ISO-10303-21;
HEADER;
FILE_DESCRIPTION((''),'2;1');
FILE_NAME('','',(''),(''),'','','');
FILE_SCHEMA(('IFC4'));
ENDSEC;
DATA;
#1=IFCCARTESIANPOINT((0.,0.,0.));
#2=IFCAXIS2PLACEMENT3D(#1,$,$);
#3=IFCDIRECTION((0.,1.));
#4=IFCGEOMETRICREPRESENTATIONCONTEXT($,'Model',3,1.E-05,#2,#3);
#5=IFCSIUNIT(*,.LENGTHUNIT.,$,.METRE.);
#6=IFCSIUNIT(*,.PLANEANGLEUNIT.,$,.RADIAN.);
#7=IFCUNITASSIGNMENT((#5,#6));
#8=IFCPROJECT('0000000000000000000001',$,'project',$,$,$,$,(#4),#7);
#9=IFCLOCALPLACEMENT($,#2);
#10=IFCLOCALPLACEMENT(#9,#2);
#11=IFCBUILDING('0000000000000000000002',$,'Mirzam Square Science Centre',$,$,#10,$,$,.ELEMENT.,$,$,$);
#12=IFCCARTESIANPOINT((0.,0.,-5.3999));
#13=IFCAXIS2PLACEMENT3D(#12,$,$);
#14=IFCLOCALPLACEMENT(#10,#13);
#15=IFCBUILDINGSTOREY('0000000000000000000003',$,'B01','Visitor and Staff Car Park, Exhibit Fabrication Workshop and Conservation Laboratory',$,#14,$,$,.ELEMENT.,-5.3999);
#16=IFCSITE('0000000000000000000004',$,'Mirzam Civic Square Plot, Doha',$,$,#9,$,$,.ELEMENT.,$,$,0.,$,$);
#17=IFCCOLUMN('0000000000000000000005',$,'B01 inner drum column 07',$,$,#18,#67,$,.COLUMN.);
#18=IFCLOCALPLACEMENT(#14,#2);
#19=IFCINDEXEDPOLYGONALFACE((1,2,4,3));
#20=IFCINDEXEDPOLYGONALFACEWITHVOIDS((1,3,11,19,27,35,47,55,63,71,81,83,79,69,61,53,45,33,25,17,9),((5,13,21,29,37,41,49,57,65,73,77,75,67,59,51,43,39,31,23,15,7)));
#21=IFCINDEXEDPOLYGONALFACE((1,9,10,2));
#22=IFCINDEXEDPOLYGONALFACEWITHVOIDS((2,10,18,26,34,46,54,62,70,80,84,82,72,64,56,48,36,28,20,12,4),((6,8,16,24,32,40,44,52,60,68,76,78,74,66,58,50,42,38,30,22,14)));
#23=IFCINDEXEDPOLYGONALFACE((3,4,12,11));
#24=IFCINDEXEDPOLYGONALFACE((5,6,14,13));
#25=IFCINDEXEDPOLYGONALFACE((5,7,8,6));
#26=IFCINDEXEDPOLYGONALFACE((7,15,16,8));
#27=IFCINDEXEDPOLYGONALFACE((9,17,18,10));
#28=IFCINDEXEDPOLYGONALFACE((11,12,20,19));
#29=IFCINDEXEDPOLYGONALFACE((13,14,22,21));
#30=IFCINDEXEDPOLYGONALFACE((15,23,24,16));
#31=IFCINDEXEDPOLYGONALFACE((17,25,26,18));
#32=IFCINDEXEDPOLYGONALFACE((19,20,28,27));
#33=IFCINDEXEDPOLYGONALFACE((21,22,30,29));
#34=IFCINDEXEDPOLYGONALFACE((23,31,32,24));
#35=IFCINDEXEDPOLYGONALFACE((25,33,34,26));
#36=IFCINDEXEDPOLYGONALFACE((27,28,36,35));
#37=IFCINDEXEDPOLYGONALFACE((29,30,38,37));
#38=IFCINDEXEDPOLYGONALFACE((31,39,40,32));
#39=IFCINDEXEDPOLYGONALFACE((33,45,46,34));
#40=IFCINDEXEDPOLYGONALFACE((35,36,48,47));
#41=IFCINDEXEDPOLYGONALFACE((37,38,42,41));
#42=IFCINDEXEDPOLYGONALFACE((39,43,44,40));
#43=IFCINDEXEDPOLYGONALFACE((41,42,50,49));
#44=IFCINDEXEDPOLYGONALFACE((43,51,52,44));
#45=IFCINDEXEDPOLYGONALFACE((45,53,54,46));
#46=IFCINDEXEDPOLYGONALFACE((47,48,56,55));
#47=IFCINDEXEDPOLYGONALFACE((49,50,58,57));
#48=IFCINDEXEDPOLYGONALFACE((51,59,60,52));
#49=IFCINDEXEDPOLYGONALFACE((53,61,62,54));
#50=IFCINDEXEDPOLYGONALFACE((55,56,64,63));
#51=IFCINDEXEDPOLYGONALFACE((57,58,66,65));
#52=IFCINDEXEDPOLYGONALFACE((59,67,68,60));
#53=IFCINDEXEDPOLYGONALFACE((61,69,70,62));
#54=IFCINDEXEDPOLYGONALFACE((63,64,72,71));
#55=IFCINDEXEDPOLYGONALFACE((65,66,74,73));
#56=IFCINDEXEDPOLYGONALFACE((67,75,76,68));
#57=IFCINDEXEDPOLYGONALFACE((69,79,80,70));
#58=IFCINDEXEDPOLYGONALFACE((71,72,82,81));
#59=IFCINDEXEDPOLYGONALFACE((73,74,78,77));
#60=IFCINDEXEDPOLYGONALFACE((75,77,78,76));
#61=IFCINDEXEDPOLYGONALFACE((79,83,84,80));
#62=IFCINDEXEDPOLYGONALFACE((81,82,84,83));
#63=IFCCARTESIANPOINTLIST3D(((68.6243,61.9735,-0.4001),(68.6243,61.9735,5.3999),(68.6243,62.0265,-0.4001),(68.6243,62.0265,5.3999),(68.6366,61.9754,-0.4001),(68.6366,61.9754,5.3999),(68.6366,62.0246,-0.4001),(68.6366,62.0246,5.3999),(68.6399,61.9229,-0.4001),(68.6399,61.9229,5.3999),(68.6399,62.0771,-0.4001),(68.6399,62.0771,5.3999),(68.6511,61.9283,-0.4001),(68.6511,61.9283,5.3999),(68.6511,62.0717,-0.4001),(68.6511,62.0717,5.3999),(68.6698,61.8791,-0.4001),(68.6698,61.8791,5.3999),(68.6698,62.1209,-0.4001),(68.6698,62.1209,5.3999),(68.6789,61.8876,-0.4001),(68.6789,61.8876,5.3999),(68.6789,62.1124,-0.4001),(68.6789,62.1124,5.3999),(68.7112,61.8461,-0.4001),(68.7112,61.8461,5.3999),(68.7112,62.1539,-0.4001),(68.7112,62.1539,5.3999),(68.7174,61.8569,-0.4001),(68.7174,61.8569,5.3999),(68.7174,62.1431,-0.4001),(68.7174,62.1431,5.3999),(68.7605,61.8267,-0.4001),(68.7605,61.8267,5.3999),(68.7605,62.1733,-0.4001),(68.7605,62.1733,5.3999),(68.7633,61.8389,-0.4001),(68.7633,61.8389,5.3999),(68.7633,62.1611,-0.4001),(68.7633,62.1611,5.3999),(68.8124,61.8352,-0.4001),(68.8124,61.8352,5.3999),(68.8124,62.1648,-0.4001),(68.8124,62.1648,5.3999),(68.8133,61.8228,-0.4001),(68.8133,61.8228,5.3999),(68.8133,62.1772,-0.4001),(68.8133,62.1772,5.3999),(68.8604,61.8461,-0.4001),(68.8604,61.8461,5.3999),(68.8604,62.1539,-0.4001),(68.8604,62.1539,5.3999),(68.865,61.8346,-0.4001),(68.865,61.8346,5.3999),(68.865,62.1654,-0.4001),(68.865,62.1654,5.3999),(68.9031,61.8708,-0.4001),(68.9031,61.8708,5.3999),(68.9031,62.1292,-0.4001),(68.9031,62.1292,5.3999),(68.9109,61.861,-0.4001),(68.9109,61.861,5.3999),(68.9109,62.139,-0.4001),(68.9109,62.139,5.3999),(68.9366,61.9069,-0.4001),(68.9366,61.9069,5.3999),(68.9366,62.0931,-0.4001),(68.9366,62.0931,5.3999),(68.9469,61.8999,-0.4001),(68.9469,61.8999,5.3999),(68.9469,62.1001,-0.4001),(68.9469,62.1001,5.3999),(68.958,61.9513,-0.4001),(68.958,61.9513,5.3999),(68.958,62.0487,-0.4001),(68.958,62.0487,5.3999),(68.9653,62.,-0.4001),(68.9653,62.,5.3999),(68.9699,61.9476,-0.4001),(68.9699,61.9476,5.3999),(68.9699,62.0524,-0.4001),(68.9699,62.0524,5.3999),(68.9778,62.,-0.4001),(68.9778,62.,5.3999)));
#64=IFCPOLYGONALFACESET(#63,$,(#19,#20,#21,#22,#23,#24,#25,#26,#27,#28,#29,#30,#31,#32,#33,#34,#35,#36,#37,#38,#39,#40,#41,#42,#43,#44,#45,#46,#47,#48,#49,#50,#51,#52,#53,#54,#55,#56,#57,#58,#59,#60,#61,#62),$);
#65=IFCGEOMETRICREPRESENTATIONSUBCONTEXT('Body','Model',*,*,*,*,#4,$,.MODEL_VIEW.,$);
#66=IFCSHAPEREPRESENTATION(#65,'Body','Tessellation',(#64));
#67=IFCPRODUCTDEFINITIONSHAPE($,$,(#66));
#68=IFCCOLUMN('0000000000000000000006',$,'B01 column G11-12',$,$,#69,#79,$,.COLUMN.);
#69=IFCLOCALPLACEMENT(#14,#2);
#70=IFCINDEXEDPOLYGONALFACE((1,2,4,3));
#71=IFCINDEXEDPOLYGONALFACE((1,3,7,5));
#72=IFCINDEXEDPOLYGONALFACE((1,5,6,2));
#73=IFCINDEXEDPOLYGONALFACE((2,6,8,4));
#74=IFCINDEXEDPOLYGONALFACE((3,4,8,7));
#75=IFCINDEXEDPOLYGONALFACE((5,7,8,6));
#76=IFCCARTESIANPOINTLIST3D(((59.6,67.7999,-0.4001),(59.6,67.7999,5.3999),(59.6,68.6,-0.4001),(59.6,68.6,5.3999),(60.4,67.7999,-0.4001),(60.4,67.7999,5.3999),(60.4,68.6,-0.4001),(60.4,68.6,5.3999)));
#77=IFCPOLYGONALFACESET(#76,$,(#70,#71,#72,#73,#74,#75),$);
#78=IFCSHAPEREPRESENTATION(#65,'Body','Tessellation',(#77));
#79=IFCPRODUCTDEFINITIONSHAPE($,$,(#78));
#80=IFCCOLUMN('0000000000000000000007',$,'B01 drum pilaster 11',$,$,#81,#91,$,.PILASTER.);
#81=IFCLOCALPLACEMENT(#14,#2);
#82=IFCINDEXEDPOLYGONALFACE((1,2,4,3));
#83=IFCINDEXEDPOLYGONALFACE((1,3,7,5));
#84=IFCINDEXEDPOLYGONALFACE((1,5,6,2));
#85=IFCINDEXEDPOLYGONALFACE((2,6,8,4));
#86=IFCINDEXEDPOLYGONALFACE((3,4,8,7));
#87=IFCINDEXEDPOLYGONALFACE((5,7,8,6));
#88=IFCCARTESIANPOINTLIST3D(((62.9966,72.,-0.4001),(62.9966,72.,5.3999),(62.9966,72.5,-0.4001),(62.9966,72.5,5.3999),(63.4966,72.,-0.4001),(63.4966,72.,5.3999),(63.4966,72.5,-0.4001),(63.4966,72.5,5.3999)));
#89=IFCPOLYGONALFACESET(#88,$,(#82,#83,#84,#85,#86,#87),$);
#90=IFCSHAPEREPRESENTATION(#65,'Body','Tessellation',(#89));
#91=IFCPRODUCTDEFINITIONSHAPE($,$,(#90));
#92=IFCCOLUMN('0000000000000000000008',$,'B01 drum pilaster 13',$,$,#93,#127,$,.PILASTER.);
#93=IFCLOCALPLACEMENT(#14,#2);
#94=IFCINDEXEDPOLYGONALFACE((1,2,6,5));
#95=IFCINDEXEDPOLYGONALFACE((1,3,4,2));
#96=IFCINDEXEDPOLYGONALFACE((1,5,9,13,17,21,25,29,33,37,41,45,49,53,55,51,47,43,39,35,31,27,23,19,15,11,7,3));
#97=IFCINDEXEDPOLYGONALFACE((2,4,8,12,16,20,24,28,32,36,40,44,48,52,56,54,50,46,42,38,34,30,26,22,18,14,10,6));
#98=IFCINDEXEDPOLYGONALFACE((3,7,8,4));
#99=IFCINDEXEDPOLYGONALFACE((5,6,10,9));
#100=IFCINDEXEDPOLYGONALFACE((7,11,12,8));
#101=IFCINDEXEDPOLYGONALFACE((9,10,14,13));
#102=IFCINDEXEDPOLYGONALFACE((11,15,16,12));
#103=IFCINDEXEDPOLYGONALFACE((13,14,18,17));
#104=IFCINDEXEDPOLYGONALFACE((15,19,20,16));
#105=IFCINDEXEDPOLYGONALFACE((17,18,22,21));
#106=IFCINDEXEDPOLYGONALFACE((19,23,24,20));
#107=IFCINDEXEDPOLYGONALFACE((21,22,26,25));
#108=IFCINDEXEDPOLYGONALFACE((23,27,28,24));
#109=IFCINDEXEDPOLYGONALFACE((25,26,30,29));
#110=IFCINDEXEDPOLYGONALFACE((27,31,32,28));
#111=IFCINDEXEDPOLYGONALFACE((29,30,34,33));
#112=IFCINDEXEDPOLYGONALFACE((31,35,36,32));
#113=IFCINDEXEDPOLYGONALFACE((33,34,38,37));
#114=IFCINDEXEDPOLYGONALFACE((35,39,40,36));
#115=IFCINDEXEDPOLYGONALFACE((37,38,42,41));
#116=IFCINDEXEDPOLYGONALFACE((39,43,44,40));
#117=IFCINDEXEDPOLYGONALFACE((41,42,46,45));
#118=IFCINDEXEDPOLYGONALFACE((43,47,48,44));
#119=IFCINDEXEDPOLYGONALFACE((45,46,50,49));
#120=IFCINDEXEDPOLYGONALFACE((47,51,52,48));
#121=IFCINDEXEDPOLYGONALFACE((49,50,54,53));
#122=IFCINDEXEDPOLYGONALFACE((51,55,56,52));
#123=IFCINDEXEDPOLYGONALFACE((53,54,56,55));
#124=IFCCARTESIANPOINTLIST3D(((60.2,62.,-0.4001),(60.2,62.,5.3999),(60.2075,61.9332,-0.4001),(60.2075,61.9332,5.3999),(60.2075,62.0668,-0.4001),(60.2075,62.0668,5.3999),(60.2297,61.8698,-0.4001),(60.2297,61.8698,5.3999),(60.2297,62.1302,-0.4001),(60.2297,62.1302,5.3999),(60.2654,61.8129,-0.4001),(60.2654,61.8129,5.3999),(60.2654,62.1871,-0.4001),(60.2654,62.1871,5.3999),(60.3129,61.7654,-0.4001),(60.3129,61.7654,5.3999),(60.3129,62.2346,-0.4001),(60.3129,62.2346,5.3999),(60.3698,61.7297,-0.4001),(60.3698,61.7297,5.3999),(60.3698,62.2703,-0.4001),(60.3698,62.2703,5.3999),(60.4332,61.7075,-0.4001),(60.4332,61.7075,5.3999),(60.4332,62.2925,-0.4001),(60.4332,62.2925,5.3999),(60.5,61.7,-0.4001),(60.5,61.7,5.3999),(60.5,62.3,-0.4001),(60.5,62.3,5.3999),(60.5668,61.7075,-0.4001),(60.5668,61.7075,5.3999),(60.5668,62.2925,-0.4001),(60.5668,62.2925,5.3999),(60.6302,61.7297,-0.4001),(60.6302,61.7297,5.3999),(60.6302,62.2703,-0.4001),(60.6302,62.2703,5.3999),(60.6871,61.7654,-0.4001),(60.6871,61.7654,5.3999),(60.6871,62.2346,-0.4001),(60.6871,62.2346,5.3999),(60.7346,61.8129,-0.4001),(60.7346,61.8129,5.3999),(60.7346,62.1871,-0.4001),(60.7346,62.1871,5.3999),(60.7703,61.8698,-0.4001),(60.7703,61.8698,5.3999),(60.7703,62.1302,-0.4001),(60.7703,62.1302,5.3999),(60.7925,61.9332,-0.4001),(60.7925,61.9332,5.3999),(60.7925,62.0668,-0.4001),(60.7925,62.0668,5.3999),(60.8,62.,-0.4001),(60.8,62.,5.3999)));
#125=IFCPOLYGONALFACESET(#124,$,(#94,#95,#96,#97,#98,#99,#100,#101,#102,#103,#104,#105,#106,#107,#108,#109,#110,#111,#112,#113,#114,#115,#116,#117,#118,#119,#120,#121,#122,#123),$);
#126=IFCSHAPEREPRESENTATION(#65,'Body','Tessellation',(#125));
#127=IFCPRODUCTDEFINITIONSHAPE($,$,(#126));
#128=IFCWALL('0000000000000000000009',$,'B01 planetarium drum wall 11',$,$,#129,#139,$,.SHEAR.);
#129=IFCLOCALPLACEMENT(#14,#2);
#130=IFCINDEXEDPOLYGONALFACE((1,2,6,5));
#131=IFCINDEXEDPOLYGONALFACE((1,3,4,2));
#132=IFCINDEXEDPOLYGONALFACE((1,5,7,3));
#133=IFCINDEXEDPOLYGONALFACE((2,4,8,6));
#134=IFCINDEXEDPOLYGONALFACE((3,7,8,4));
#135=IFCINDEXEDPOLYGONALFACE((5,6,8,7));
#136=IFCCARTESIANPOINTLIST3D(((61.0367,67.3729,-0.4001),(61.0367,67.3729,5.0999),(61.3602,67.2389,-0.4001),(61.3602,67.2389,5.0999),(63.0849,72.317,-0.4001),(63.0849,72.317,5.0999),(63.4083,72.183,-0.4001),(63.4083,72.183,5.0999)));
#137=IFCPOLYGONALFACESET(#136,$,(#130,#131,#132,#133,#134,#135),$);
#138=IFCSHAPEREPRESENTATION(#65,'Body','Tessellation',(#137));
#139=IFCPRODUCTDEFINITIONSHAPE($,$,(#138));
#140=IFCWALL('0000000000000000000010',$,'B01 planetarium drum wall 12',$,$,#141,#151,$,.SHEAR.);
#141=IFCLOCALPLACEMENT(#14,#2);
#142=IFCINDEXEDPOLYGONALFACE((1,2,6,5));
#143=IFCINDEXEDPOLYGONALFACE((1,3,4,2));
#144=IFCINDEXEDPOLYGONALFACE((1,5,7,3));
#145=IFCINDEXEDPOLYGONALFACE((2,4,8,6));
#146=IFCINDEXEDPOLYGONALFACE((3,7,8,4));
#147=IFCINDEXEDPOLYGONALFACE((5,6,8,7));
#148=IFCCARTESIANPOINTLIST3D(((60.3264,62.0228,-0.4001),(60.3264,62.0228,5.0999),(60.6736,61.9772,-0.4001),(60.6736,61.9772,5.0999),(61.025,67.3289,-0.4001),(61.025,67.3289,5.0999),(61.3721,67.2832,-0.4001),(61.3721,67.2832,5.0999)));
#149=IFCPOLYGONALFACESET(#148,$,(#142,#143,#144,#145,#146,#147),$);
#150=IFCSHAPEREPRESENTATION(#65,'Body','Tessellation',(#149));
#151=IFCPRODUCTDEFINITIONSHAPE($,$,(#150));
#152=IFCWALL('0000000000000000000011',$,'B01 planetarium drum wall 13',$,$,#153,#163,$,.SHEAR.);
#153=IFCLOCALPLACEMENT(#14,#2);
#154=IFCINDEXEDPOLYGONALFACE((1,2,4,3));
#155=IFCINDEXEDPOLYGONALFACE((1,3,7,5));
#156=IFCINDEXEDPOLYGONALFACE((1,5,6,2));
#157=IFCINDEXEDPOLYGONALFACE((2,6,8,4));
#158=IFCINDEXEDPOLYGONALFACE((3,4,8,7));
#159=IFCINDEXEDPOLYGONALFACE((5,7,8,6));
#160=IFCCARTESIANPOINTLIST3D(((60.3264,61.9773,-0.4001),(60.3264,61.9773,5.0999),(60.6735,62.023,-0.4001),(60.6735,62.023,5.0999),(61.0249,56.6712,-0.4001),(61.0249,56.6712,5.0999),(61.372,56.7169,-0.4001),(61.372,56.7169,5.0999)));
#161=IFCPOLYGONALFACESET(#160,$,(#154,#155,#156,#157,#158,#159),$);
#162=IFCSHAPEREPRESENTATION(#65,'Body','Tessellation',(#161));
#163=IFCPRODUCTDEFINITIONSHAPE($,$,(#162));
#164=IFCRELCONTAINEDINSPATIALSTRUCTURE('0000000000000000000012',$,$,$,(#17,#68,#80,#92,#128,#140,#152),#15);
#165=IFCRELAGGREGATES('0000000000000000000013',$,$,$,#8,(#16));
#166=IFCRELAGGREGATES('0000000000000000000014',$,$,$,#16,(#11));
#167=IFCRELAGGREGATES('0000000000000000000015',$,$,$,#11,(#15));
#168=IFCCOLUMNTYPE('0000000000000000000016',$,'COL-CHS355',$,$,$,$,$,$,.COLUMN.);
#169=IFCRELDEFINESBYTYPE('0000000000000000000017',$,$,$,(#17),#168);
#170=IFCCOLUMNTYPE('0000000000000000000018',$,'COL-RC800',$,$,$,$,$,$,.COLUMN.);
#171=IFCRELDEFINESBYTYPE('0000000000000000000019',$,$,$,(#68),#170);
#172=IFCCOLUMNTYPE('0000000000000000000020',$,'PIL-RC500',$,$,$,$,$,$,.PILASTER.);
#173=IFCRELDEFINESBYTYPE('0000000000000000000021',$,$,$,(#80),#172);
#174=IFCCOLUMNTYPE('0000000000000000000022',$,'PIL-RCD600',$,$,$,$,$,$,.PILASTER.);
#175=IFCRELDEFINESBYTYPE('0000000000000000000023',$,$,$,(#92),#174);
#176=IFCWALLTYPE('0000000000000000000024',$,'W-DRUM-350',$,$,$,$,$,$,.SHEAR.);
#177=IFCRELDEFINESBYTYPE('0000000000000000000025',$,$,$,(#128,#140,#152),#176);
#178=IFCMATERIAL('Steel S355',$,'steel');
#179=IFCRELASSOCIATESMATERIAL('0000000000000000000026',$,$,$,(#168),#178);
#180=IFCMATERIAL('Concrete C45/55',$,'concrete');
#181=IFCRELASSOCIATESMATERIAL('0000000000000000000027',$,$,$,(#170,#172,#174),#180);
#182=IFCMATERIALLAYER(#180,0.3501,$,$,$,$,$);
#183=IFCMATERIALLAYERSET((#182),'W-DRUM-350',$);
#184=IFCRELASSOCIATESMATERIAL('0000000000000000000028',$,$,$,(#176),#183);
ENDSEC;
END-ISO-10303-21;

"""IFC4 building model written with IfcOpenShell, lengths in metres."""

from ifc_helpers import new_model, si_unit, direction, frame, frame_2d, origin, origin_2d, place, context, subcontext, project, spatial, rectangle, circle, hollow_circle, extrude, material, layer, layer_set, material_profile, profile_set, type_object, element, save


model = new_model("IFC4")

# Units and contexts
model_context = context("Model", 3, precision=1e-05, world=origin(), true_north=direction((0.0, 1.0)))
body_context = subcontext(model_context, "Body", "Model", "MODEL_VIEW")
ifc_project = project(units=[si_unit("LENGTHUNIT", "METRE"), si_unit("PLANEANGLEUNIT", "RADIAN")], contexts=[model_context])

# Site, building, storey
site_placement = place(None, origin())
site = spatial("IfcSite", under=ifc_project, at=site_placement, Name="Mirzam Civic Square Plot, Doha", CompositionType="ELEMENT", RefElevation=0.0)
building_placement = place(site_placement, origin())
building = spatial("IfcBuilding", under=site, at=building_placement, Name="Mirzam Square Science Centre", CompositionType="ELEMENT")
storey_placement = place(building_placement, frame((0.0, 0.0, -5.3999)))
storey = spatial("IfcBuildingStorey", under=building, at=storey_placement, Name="B01", Description="Visitor and Staff Car Park, Exhibit Fabrication Workshop and Conservation Laboratory", CompositionType="ELEMENT", Elevation=-5.3999)

# Shared definitions
ifc_material_1 = material(Name="Concrete C45/55", Category="concrete")

# Columns
ifc_material_2 = material(Name="Steel S355", Category="steel")
ifc_material_profile_1 = material_profile(ifc_material_2, hollow_circle(Radius=0.1777, WallThickness=0.0125, at=origin_2d()), Name="355.6x12.5CHS")
ifc_profile_set_1 = profile_set([ifc_material_profile_1], Name="Steel S355")
column_type_1 = type_object("IfcColumnType", Name="COL-CHS355", PredefinedType="COLUMN", material=ifc_profile_set_1)
for number, where, z_axis, x_axis, name in (
    (1, (68.8, 62.0, -0.4001), (0.0, 0.0, 1.0), (1.0, 0.0, 0.0), "B01 inner drum column 07"),
):
    element("IfcColumn", number, at=place(storey_placement, frame(where, z_axis=z_axis, x_axis=x_axis)), inside=storey, type_object=column_type_1, Name=name, PredefinedType="COLUMN", context=body_context, shape_type="SweptSolid", body=[
        extrude(hollow_circle(Radius=0.1777, WallThickness=0.0125, at=origin_2d()), origin(), (0.0, 0.0, 1.0), 5.8),
    ])
ifc_material_profile_2 = material_profile(ifc_material_1, rectangle(XDim=0.8, YDim=0.8, at=origin_2d()), Name="RC800x800")
ifc_profile_set_2 = profile_set([ifc_material_profile_2], Name="Concrete C45/55")
column_type_2 = type_object("IfcColumnType", Name="COL-RC800", PredefinedType="COLUMN", material=ifc_profile_set_2)
column_1_placement = place(storey_placement, frame((60.0, 68.2, -0.4001), z_axis=(0.0, 0.0, 1.0), x_axis=(1.0, 0.0, 0.0)))
element("IfcColumn", 2, at=column_1_placement, inside=storey, type_object=column_type_2, Name="B01 column G11-12", PredefinedType="COLUMN", context=body_context, shape_type="SweptSolid", body=[
    extrude(rectangle(XDim=0.8, YDim=0.8, at=origin_2d()), origin(), (0.0, 0.0, 1.0), 5.8),
])
ifc_material_profile_3 = material_profile(ifc_material_1, rectangle(XDim=0.5, YDim=0.5, at=origin_2d()), Name="RC500x500")
ifc_profile_set_3 = profile_set([ifc_material_profile_3], Name="Concrete C45/55")
column_type_3 = type_object("IfcColumnType", Name="PIL-RC500", PredefinedType="PILASTER", material=ifc_profile_set_3)
column_2_placement = place(storey_placement, frame((63.2466, 72.25, -0.4001), z_axis=(0.0, 0.0, 1.0), x_axis=(1.0, 0.0, 0.0)))
element("IfcColumn", 3, at=column_2_placement, inside=storey, type_object=column_type_3, Name="B01 drum pilaster 11", PredefinedType="PILASTER", context=body_context, shape_type="SweptSolid", body=[
    extrude(rectangle(XDim=0.5, YDim=0.5, at=origin_2d()), origin(), (0.0, 0.0, 1.0), 5.8),
])
ifc_material_profile_4 = material_profile(ifc_material_1, circle(Radius=0.3, at=origin_2d()), Name="RCD600")
ifc_profile_set_4 = profile_set([ifc_material_profile_4], Name="Concrete C45/55")
column_type_4 = type_object("IfcColumnType", Name="PIL-RCD600", PredefinedType="PILASTER", material=ifc_profile_set_4)
column_3_placement = place(storey_placement, frame((60.5, 62.0, -0.4001), z_axis=(0.0, 0.0, 1.0), x_axis=(1.0, 0.0, 0.0)))
element("IfcColumn", 4, at=column_3_placement, inside=storey, type_object=column_type_4, Name="B01 drum pilaster 13", PredefinedType="PILASTER", context=body_context, shape_type="SweptSolid", body=[
    extrude(circle(Radius=0.3, at=origin_2d()), origin(), (0.0, 0.0, 1.0), 5.8),
])

# Walls
ifc_layer_1 = layer(ifc_material_1, 0.3501)
ifc_layer_set_1 = layer_set([ifc_layer_1], Name="W-DRUM-350")
wall_type_1 = type_object("IfcWallType", Name="W-DRUM-350", PredefinedType="SHEAR", material=ifc_layer_set_1)
wall_1_placement = place(storey_placement, frame((63.2466, 72.25, -0.4001), z_axis=(0.0, 0.0, 1.0), x_axis=(-0.382713, -0.923867, 0.0)))
element("IfcWall", 5, at=wall_1_placement, inside=storey, type_object=wall_type_1, Name="B01 planetarium drum wall 11", PredefinedType="SHEAR", context=body_context, shape_type="SweptSolid", body=[
    extrude(rectangle(XDim=5.3516, YDim=0.3501, at=frame_2d((2.6758, 0.0))), origin(), (0.0, 0.0, 1.0), 5.5),
])
for number, where, z_axis, x_axis, name in (
    (6, (61.1985, 67.3059, -0.4001), (0.0, 0.0, 1.0), (-0.130517, -0.991446, 0.0), "B01 planetarium drum wall 12"),
    (7, (60.5, 62.0, -0.4001), (0.0, 0.0, 1.0), (0.130517, -0.991446, 0.0), "B01 planetarium drum wall 13"),
):
    element("IfcWall", number, at=place(storey_placement, frame(where, z_axis=z_axis, x_axis=x_axis)), inside=storey, type_object=wall_type_1, Name=name, PredefinedType="SHEAR", context=body_context, shape_type="SweptSolid", body=[
        extrude(rectangle(XDim=5.3518, YDim=0.3501, at=frame_2d((2.6758, 0.0))), origin(), (0.0, 0.0, 1.0), 5.5),
    ])

save(model, "model.ifc")
